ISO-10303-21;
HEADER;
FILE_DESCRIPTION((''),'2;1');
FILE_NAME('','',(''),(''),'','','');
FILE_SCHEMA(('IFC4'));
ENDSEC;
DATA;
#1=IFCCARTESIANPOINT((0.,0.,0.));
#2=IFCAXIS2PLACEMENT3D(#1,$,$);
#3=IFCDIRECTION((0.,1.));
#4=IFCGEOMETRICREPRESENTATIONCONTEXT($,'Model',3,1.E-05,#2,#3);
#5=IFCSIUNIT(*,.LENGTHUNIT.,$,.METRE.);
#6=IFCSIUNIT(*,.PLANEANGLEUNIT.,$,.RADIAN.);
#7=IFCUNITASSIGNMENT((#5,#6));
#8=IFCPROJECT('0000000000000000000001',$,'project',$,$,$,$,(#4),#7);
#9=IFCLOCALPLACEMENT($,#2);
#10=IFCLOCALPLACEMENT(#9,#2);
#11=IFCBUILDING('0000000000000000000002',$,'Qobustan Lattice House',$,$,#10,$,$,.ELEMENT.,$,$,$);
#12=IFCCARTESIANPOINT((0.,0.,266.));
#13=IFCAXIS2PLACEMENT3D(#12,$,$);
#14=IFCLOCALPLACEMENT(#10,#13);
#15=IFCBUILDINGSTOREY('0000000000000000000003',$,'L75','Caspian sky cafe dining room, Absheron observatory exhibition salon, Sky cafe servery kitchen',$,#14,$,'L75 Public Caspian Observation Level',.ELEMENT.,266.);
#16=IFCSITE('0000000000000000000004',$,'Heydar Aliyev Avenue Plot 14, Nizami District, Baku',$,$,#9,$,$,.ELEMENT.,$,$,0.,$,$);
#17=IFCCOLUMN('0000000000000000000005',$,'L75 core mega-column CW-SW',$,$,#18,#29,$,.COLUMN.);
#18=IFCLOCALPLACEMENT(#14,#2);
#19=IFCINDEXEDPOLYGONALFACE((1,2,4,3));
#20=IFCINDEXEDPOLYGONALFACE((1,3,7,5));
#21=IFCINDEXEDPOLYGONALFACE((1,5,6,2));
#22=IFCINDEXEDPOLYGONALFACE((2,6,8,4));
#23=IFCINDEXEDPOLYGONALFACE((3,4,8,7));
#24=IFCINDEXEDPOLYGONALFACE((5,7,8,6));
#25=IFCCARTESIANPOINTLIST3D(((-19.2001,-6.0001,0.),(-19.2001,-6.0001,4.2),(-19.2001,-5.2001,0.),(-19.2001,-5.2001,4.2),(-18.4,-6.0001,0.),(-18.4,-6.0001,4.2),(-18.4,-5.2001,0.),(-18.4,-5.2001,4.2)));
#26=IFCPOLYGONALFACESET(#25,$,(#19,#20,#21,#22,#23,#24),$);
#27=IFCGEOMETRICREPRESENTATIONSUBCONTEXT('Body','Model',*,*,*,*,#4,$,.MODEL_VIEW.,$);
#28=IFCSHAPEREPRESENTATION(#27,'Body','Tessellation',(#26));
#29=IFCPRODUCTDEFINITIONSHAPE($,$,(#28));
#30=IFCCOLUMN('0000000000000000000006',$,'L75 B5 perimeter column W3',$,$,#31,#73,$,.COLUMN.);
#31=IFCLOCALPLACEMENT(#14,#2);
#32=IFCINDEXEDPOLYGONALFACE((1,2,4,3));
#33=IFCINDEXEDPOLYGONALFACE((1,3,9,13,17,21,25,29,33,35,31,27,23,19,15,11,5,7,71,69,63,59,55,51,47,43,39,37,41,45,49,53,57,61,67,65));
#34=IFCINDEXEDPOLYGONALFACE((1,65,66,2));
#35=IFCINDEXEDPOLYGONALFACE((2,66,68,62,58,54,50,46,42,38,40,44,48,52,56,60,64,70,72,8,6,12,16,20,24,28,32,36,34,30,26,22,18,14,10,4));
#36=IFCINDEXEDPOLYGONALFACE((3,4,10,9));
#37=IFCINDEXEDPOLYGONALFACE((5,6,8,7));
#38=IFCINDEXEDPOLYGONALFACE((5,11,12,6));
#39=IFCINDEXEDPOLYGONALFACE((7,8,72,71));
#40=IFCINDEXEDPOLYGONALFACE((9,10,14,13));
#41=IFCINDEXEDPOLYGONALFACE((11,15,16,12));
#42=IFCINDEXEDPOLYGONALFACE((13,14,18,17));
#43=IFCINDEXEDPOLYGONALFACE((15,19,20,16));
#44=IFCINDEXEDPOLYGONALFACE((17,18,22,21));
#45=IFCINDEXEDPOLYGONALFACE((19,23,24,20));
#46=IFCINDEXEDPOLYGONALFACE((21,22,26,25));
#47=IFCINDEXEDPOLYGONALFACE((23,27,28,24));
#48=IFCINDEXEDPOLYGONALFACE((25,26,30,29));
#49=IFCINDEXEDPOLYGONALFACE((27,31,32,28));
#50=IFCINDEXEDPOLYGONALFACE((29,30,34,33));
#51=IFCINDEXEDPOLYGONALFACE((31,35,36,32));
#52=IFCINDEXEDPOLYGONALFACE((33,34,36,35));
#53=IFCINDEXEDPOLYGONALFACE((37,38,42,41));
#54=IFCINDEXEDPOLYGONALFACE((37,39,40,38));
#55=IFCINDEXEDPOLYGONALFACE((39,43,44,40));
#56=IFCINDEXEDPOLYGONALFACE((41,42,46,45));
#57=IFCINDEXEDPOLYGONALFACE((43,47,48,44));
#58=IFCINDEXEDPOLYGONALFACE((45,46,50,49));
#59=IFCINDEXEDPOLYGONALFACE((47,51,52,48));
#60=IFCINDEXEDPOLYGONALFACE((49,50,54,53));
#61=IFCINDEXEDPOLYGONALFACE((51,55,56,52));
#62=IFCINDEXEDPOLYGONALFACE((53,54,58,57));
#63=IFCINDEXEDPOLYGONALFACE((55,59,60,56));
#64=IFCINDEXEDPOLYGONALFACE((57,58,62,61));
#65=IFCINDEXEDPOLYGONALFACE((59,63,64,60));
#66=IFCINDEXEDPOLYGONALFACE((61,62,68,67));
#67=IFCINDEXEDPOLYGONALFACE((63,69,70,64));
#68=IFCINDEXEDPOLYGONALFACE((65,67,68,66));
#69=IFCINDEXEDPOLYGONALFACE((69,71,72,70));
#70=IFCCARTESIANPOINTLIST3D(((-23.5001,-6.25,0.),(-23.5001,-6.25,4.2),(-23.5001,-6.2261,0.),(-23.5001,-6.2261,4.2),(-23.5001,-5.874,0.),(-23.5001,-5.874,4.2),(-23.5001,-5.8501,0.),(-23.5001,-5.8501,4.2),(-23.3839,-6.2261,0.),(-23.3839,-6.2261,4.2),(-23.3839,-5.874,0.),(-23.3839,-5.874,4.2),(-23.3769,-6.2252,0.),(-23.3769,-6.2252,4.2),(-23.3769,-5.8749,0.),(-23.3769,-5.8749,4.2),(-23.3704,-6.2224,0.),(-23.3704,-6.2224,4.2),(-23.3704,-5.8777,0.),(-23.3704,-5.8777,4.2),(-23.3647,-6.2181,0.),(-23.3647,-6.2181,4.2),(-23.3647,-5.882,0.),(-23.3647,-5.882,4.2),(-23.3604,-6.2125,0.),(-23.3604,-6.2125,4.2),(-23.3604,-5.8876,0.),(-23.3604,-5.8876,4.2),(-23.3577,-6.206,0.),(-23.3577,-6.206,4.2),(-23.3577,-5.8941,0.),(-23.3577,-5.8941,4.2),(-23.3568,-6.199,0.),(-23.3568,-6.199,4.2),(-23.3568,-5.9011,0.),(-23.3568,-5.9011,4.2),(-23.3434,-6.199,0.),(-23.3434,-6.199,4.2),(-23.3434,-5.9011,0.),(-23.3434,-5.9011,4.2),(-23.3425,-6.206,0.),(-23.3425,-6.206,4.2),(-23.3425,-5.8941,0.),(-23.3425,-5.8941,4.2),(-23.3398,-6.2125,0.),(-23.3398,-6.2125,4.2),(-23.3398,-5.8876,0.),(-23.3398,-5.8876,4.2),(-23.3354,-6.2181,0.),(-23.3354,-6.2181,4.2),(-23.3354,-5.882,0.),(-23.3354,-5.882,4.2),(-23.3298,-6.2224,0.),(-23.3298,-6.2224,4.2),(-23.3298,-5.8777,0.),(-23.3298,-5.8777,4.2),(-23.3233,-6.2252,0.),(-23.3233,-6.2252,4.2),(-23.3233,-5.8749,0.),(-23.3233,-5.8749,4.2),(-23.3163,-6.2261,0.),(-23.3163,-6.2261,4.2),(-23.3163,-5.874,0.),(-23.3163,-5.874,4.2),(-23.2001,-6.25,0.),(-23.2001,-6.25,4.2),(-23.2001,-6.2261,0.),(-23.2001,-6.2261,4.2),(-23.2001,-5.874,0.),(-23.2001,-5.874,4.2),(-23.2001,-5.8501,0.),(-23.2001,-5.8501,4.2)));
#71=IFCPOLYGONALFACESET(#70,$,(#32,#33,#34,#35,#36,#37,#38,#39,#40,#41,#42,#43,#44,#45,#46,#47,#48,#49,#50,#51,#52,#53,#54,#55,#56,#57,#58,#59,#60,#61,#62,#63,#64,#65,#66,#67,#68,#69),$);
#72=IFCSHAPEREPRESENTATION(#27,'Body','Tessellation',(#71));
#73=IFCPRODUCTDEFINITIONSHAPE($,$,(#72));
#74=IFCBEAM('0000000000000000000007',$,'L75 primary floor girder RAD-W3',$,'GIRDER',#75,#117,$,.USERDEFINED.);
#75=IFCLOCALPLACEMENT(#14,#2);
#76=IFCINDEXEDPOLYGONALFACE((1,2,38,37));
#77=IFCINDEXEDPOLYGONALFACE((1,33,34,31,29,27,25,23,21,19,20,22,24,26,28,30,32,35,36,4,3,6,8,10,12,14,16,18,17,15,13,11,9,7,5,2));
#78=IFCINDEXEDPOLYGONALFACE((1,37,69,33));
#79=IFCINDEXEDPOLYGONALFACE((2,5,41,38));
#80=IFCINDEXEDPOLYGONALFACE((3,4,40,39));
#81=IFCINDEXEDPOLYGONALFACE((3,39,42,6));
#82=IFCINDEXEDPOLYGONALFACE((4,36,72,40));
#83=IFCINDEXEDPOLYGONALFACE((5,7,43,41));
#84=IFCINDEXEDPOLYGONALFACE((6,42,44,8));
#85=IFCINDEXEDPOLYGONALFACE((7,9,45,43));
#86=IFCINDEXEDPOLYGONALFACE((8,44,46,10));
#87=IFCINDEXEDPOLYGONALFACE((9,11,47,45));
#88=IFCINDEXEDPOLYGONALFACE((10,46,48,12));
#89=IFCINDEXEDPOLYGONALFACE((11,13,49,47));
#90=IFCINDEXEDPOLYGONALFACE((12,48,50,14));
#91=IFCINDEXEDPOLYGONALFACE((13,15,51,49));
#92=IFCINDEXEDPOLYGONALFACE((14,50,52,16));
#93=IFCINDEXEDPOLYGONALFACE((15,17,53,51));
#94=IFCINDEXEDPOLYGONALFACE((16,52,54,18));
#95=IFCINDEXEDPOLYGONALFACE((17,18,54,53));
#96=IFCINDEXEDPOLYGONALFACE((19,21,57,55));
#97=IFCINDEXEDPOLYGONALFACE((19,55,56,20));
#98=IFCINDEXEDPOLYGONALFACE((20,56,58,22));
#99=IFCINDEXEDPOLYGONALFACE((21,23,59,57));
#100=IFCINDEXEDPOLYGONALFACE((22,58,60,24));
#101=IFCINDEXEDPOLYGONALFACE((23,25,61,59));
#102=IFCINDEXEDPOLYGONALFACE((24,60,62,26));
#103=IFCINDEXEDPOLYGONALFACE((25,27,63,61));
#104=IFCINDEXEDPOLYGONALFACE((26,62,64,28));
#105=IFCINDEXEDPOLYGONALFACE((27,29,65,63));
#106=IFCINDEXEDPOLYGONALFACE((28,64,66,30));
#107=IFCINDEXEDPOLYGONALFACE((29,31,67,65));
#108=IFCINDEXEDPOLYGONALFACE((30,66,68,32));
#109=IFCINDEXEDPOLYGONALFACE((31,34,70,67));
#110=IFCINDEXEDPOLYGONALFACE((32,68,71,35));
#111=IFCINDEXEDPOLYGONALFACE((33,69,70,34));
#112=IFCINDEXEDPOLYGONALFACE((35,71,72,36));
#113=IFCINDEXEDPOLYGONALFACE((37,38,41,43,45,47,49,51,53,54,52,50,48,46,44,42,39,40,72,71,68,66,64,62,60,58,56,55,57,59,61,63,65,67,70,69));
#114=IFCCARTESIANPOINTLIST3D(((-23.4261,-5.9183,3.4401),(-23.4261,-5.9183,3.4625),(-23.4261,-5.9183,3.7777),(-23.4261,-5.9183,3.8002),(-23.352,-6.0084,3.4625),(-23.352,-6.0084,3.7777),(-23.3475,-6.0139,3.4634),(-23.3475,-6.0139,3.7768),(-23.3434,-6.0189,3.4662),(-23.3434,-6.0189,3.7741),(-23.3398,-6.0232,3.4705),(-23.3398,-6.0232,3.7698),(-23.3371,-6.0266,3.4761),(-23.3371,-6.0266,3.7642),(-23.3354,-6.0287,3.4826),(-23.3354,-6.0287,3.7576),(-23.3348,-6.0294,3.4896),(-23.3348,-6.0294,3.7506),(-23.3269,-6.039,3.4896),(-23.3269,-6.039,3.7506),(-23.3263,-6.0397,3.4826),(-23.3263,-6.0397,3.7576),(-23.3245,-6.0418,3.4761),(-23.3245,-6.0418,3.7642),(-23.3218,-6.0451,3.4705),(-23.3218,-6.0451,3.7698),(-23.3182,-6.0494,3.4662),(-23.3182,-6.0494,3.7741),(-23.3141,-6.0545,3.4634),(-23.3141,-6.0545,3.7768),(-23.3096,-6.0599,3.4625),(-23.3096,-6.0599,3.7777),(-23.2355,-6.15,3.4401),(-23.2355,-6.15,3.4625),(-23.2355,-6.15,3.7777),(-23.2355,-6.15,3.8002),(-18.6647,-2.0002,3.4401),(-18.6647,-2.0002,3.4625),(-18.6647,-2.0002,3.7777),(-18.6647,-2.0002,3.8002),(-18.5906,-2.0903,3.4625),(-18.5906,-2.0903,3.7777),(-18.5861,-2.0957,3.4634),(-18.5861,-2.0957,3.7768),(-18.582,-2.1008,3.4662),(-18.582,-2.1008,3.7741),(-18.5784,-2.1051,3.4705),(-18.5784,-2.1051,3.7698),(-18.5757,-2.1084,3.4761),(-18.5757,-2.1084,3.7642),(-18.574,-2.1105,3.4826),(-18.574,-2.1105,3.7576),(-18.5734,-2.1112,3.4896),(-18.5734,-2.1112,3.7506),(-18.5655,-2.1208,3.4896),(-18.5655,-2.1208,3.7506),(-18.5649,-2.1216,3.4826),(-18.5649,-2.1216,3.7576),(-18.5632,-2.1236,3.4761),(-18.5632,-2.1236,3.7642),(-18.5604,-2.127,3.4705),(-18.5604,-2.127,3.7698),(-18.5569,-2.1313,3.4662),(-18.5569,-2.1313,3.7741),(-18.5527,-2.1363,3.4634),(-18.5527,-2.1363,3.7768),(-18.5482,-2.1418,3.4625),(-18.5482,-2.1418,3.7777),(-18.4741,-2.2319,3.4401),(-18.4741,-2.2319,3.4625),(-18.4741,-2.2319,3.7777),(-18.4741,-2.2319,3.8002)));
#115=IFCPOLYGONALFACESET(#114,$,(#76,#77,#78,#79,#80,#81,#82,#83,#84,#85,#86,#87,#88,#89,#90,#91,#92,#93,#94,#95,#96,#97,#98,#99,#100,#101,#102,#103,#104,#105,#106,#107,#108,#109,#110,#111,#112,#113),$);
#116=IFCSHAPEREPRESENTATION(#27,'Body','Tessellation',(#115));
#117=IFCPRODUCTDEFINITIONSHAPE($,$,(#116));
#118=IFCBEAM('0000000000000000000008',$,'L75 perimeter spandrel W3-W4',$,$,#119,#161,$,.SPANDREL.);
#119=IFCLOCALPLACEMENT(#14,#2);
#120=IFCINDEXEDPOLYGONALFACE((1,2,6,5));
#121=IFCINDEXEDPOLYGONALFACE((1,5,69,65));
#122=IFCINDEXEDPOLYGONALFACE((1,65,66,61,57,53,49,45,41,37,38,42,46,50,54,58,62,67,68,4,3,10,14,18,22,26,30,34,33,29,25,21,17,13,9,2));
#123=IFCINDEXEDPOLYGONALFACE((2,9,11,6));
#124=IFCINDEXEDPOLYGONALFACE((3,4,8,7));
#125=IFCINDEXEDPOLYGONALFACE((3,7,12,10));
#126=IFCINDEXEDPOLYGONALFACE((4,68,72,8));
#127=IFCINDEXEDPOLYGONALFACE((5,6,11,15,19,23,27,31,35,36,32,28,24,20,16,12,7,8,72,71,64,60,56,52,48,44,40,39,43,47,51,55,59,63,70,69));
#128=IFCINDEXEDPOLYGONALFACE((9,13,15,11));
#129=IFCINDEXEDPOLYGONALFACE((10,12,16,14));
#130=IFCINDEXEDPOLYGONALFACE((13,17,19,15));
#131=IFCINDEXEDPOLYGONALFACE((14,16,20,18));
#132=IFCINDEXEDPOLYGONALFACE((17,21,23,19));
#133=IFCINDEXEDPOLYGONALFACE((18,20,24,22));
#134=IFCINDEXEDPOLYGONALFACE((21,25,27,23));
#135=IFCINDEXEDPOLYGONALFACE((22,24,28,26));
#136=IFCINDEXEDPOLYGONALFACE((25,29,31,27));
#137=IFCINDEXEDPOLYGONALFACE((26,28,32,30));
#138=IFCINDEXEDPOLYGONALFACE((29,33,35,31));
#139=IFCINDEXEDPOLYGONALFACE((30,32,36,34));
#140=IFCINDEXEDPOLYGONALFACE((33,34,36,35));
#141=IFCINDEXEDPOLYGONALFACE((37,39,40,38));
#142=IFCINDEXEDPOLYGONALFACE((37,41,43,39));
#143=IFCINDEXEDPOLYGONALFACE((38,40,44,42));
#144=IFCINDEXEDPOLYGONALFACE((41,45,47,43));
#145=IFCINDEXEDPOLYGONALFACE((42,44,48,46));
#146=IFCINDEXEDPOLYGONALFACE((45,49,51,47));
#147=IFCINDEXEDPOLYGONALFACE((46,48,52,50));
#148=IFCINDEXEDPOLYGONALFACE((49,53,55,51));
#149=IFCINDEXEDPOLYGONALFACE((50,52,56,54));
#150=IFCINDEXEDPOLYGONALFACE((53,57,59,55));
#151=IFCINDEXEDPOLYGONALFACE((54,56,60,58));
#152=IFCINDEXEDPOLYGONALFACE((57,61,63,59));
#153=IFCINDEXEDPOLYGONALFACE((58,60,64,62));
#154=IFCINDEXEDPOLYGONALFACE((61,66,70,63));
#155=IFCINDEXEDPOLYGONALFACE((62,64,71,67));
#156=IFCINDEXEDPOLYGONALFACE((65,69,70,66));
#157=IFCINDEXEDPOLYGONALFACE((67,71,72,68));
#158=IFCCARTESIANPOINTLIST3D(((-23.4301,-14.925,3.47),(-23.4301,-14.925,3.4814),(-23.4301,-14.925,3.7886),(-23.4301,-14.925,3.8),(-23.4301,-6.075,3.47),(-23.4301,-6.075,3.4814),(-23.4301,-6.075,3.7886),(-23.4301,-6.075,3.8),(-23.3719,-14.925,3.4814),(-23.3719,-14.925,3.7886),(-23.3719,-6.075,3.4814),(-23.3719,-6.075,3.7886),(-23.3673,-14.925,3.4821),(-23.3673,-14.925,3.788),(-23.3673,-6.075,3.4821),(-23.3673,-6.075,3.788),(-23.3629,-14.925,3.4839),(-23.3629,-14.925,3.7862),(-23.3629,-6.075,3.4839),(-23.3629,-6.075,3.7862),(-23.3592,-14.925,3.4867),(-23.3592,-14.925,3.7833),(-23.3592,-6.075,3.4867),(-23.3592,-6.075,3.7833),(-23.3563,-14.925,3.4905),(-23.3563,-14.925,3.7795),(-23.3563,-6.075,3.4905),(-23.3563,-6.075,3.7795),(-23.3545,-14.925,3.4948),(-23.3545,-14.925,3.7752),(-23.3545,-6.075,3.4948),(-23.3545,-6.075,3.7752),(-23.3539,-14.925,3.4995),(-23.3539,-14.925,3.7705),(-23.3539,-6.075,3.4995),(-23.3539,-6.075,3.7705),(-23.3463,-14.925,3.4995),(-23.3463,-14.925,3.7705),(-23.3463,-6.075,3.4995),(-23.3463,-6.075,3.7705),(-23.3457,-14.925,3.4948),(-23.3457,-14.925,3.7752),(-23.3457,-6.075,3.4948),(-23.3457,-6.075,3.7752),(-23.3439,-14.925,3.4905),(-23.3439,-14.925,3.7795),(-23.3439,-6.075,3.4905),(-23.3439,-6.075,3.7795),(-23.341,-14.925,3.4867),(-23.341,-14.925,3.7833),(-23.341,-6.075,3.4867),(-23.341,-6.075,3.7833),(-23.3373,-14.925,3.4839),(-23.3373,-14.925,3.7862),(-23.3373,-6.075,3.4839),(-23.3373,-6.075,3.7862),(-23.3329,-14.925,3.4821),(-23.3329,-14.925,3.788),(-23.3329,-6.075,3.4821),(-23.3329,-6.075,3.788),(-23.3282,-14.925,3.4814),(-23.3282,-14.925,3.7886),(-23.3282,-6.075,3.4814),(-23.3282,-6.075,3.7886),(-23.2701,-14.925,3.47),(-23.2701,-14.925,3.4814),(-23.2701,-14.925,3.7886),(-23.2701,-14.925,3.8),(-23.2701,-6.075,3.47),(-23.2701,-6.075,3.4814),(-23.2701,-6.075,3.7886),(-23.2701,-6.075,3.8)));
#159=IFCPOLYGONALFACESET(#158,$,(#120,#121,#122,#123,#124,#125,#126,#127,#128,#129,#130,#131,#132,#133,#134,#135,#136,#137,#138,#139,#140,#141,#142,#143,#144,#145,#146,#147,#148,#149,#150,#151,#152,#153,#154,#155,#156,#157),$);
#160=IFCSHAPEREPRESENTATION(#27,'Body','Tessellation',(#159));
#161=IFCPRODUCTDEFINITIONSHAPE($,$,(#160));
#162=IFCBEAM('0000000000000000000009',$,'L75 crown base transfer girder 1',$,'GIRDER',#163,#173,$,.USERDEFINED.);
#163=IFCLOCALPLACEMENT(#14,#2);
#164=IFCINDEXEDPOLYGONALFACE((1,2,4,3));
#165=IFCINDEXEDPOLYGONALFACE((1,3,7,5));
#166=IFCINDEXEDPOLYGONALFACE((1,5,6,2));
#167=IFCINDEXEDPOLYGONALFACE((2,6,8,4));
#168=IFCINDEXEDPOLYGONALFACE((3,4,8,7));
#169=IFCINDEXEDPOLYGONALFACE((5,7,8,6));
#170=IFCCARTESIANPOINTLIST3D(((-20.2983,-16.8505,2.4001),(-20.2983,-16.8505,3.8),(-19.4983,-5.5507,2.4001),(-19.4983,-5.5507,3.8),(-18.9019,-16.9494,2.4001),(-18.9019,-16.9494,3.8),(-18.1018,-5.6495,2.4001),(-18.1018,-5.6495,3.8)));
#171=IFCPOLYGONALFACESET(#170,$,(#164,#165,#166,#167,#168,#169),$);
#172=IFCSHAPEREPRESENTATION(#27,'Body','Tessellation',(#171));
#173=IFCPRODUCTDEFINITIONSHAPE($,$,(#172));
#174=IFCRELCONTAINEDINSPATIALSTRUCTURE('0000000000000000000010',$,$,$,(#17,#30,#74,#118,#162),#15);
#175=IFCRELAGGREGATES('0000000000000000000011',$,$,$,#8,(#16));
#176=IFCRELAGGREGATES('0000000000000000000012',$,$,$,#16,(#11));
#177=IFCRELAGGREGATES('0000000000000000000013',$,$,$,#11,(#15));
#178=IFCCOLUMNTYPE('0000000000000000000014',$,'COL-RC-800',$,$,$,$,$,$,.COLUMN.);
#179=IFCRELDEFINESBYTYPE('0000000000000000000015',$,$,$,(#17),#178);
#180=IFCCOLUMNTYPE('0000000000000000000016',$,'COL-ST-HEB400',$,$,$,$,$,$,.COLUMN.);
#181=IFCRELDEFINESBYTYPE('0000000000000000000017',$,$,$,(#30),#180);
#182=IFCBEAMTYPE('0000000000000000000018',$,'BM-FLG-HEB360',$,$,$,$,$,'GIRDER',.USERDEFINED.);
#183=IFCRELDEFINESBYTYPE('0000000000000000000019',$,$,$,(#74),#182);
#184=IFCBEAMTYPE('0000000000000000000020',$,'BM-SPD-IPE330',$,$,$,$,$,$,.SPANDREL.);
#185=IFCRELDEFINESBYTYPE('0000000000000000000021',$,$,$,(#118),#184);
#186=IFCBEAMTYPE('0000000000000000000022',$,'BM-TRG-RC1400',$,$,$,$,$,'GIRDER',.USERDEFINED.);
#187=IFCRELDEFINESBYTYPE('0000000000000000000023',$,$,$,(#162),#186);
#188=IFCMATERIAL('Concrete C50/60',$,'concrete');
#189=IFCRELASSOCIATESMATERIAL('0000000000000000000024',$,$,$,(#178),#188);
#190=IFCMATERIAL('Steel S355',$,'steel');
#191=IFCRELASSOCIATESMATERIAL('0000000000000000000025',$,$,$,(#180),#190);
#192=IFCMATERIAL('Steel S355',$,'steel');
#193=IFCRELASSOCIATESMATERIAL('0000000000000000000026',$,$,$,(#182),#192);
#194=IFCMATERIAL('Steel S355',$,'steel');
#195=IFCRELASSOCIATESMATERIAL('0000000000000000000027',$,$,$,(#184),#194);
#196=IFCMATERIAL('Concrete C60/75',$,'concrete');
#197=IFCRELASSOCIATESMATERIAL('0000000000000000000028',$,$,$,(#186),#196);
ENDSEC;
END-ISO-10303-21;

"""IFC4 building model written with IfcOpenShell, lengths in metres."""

from ifc_helpers import new_model, si_unit, direction, frame, origin, origin_2d, place, context, subcontext, project, spatial, rectangle, i_section, extrude, material, material_profile, profile_set, type_object, element, save


model = new_model("IFC4")

# Units and contexts
model_context = context("Model", 3, precision=1e-05, world=origin(), true_north=direction((0.0, 1.0)))
body_context = subcontext(model_context, "Body", "Model", "MODEL_VIEW")
ifc_project = project(units=[si_unit("LENGTHUNIT", "METRE"), si_unit("PLANEANGLEUNIT", "RADIAN")], contexts=[model_context])

# Site, building, storey
site_placement = place(None, origin())
site = spatial("IfcSite", under=ifc_project, at=site_placement, Name="Heydar Aliyev Avenue Plot 14, Nizami District, Baku", CompositionType="ELEMENT", RefElevation=0.0)
building_placement = place(site_placement, origin())
building = spatial("IfcBuilding", under=site, at=building_placement, Name="Qobustan Lattice House", CompositionType="ELEMENT")
storey_placement = place(building_placement, frame((0.0, 0.0, 266.0)))
storey = spatial("IfcBuildingStorey", under=building, at=storey_placement, Name="L75", Description="Caspian sky cafe dining room, Absheron observatory exhibition salon, Sky cafe servery kitchen", LongName="L75 Public Caspian Observation Level", CompositionType="ELEMENT", Elevation=266.0)

# Columns
ifc_material_1 = material(Name="Concrete C50/60", Category="concrete")
ifc_material_profile_1 = material_profile(ifc_material_1, rectangle(XDim=0.8, YDim=0.8, at=origin_2d()), Name="RC800x800")
ifc_profile_set_1 = profile_set([ifc_material_profile_1], Name="Concrete C50/60")
column_type_1 = type_object("IfcColumnType", Name="COL-RC-800", PredefinedType="COLUMN", material=ifc_profile_set_1)
column_1_placement = place(storey_placement, frame((-18.8, -5.6001, 0.0), z_axis=(0.0, 0.0, 1.0), x_axis=(1.0, 0.0, 0.0)))
element("IfcColumn", 1, at=column_1_placement, inside=storey, type_object=column_type_1, Name="L75 core mega-column CW-SW", PredefinedType="COLUMN", context=body_context, shape_type="SweptSolid", body=[
    extrude(rectangle(XDim=0.8, YDim=0.8, at=origin_2d()), origin(), (0.0, 0.0, 1.0), 4.2),
])
ifc_material_2 = material(Name="Steel S355", Category="steel")
ifc_material_profile_2 = material_profile(ifc_material_2, i_section(OverallWidth=0.3, OverallDepth=0.3999, WebThickness=0.0134, FlangeThickness=0.0239, FilletRadius=0.0271, at=origin_2d()), Name="HEB400")
ifc_profile_set_2 = profile_set([ifc_material_profile_2], Name="Steel S355")
column_type_2 = type_object("IfcColumnType", Name="COL-ST-HEB400", PredefinedType="COLUMN", material=ifc_profile_set_2)
column_2_placement = place(storey_placement, frame((-23.3501, -6.05, 0.0), z_axis=(0.0, 0.0, 1.0), x_axis=(1.0, 0.0, 0.0)))
element("IfcColumn", 2, at=column_2_placement, inside=storey, type_object=column_type_2, Name="L75 B5 perimeter column W3", PredefinedType="COLUMN", context=body_context, shape_type="SweptSolid", body=[
    extrude(i_section(OverallWidth=0.3, OverallDepth=0.3999, WebThickness=0.0134, FlangeThickness=0.0239, FilletRadius=0.0271, at=origin_2d()), origin(), (0.0, 0.0, 1.0), 4.2),
])

# Beams
ifc_material_3 = material(Name="Steel S355", Category="steel")
ifc_material_profile_3 = material_profile(ifc_material_3, i_section(OverallWidth=0.3, OverallDepth=0.3601, WebThickness=0.0125, FlangeThickness=0.0225, FilletRadius=0.0271, at=origin_2d()), Name="HEB360")
ifc_profile_set_3 = profile_set([ifc_material_profile_3], Name="Steel S355")
beam_type_1 = type_object("IfcBeamType", Name="BM-FLG-HEB360", ElementType="GIRDER", PredefinedType="USERDEFINED", material=ifc_profile_set_3)
beam_1_placement = place(storey_placement, frame((-23.3308, -6.0342, 3.6201), z_axis=(0.772169, 0.635417, 0.0), x_axis=(-0.635417, 0.772169, 0.0)))
element("IfcBeam", 3, at=beam_1_placement, inside=storey, type_object=beam_type_1, Name="L75 primary floor girder RAD-W3", ObjectType="GIRDER", PredefinedType="USERDEFINED", context=body_context, shape_type="SweptSolid", body=[
    extrude(i_section(OverallWidth=0.3, OverallDepth=0.3601, WebThickness=0.0125, FlangeThickness=0.0225, FilletRadius=0.0271, at=origin_2d()), origin(), (0.0, 0.0, 1.0), 6.1663),
])
ifc_material_4 = material(Name="Steel S355", Category="steel")
ifc_material_profile_4 = material_profile(ifc_material_4, i_section(OverallWidth=0.1599, OverallDepth=0.3301, WebThickness=0.0076, FlangeThickness=0.0115, FilletRadius=0.0181, at=origin_2d()), Name="IPE330")
ifc_profile_set_4 = profile_set([ifc_material_profile_4], Name="Steel S355")
beam_type_2 = type_object("IfcBeamType", Name="BM-SPD-IPE330", PredefinedType="SPANDREL", material=ifc_profile_set_4)
beam_2_placement = place(storey_placement, frame((-23.3501, -6.075, 3.635), z_axis=(0.0, -1.0, 0.0), x_axis=(1.0, 0.0, 0.0)))
element("IfcBeam", 4, at=beam_2_placement, inside=storey, type_object=beam_type_2, Name="L75 perimeter spandrel W3-W4", PredefinedType="SPANDREL", context=body_context, shape_type="SweptSolid", body=[
    extrude(i_section(OverallWidth=0.1599, OverallDepth=0.3301, WebThickness=0.0076, FlangeThickness=0.0115, FilletRadius=0.0181, at=origin_2d()), origin(), (0.0, 0.0, 1.0), 8.8501),
])
ifc_material_5 = material(Name="Concrete C60/75", Category="concrete")
ifc_material_profile_5 = material_profile(ifc_material_5, rectangle(XDim=1.3999, YDim=1.3999, at=origin_2d()), Name="RC1400x1400")
ifc_profile_set_5 = profile_set([ifc_material_profile_5], Name="Concrete C60/75")
beam_type_3 = type_object("IfcBeamType", Name="BM-TRG-RC1400", ElementType="GIRDER", PredefinedType="USERDEFINED", material=ifc_profile_set_5)
beam_3_placement = place(storey_placement, frame((-18.8, -5.6001, 3.1001), z_axis=(-0.070625, -0.997503, 0.0), x_axis=(0.997503, -0.070625, 0.0)))
element("IfcBeam", 5, at=beam_3_placement, inside=storey, type_object=beam_type_3, Name="L75 crown base transfer girder 1", ObjectType="GIRDER", PredefinedType="USERDEFINED", context=body_context, shape_type="SweptSolid", body=[
    extrude(rectangle(XDim=1.3999, YDim=1.3999, at=origin_2d()), origin(), (0.0, 0.0, 1.0), 11.3281),
])

save(model, "model.ifc")
